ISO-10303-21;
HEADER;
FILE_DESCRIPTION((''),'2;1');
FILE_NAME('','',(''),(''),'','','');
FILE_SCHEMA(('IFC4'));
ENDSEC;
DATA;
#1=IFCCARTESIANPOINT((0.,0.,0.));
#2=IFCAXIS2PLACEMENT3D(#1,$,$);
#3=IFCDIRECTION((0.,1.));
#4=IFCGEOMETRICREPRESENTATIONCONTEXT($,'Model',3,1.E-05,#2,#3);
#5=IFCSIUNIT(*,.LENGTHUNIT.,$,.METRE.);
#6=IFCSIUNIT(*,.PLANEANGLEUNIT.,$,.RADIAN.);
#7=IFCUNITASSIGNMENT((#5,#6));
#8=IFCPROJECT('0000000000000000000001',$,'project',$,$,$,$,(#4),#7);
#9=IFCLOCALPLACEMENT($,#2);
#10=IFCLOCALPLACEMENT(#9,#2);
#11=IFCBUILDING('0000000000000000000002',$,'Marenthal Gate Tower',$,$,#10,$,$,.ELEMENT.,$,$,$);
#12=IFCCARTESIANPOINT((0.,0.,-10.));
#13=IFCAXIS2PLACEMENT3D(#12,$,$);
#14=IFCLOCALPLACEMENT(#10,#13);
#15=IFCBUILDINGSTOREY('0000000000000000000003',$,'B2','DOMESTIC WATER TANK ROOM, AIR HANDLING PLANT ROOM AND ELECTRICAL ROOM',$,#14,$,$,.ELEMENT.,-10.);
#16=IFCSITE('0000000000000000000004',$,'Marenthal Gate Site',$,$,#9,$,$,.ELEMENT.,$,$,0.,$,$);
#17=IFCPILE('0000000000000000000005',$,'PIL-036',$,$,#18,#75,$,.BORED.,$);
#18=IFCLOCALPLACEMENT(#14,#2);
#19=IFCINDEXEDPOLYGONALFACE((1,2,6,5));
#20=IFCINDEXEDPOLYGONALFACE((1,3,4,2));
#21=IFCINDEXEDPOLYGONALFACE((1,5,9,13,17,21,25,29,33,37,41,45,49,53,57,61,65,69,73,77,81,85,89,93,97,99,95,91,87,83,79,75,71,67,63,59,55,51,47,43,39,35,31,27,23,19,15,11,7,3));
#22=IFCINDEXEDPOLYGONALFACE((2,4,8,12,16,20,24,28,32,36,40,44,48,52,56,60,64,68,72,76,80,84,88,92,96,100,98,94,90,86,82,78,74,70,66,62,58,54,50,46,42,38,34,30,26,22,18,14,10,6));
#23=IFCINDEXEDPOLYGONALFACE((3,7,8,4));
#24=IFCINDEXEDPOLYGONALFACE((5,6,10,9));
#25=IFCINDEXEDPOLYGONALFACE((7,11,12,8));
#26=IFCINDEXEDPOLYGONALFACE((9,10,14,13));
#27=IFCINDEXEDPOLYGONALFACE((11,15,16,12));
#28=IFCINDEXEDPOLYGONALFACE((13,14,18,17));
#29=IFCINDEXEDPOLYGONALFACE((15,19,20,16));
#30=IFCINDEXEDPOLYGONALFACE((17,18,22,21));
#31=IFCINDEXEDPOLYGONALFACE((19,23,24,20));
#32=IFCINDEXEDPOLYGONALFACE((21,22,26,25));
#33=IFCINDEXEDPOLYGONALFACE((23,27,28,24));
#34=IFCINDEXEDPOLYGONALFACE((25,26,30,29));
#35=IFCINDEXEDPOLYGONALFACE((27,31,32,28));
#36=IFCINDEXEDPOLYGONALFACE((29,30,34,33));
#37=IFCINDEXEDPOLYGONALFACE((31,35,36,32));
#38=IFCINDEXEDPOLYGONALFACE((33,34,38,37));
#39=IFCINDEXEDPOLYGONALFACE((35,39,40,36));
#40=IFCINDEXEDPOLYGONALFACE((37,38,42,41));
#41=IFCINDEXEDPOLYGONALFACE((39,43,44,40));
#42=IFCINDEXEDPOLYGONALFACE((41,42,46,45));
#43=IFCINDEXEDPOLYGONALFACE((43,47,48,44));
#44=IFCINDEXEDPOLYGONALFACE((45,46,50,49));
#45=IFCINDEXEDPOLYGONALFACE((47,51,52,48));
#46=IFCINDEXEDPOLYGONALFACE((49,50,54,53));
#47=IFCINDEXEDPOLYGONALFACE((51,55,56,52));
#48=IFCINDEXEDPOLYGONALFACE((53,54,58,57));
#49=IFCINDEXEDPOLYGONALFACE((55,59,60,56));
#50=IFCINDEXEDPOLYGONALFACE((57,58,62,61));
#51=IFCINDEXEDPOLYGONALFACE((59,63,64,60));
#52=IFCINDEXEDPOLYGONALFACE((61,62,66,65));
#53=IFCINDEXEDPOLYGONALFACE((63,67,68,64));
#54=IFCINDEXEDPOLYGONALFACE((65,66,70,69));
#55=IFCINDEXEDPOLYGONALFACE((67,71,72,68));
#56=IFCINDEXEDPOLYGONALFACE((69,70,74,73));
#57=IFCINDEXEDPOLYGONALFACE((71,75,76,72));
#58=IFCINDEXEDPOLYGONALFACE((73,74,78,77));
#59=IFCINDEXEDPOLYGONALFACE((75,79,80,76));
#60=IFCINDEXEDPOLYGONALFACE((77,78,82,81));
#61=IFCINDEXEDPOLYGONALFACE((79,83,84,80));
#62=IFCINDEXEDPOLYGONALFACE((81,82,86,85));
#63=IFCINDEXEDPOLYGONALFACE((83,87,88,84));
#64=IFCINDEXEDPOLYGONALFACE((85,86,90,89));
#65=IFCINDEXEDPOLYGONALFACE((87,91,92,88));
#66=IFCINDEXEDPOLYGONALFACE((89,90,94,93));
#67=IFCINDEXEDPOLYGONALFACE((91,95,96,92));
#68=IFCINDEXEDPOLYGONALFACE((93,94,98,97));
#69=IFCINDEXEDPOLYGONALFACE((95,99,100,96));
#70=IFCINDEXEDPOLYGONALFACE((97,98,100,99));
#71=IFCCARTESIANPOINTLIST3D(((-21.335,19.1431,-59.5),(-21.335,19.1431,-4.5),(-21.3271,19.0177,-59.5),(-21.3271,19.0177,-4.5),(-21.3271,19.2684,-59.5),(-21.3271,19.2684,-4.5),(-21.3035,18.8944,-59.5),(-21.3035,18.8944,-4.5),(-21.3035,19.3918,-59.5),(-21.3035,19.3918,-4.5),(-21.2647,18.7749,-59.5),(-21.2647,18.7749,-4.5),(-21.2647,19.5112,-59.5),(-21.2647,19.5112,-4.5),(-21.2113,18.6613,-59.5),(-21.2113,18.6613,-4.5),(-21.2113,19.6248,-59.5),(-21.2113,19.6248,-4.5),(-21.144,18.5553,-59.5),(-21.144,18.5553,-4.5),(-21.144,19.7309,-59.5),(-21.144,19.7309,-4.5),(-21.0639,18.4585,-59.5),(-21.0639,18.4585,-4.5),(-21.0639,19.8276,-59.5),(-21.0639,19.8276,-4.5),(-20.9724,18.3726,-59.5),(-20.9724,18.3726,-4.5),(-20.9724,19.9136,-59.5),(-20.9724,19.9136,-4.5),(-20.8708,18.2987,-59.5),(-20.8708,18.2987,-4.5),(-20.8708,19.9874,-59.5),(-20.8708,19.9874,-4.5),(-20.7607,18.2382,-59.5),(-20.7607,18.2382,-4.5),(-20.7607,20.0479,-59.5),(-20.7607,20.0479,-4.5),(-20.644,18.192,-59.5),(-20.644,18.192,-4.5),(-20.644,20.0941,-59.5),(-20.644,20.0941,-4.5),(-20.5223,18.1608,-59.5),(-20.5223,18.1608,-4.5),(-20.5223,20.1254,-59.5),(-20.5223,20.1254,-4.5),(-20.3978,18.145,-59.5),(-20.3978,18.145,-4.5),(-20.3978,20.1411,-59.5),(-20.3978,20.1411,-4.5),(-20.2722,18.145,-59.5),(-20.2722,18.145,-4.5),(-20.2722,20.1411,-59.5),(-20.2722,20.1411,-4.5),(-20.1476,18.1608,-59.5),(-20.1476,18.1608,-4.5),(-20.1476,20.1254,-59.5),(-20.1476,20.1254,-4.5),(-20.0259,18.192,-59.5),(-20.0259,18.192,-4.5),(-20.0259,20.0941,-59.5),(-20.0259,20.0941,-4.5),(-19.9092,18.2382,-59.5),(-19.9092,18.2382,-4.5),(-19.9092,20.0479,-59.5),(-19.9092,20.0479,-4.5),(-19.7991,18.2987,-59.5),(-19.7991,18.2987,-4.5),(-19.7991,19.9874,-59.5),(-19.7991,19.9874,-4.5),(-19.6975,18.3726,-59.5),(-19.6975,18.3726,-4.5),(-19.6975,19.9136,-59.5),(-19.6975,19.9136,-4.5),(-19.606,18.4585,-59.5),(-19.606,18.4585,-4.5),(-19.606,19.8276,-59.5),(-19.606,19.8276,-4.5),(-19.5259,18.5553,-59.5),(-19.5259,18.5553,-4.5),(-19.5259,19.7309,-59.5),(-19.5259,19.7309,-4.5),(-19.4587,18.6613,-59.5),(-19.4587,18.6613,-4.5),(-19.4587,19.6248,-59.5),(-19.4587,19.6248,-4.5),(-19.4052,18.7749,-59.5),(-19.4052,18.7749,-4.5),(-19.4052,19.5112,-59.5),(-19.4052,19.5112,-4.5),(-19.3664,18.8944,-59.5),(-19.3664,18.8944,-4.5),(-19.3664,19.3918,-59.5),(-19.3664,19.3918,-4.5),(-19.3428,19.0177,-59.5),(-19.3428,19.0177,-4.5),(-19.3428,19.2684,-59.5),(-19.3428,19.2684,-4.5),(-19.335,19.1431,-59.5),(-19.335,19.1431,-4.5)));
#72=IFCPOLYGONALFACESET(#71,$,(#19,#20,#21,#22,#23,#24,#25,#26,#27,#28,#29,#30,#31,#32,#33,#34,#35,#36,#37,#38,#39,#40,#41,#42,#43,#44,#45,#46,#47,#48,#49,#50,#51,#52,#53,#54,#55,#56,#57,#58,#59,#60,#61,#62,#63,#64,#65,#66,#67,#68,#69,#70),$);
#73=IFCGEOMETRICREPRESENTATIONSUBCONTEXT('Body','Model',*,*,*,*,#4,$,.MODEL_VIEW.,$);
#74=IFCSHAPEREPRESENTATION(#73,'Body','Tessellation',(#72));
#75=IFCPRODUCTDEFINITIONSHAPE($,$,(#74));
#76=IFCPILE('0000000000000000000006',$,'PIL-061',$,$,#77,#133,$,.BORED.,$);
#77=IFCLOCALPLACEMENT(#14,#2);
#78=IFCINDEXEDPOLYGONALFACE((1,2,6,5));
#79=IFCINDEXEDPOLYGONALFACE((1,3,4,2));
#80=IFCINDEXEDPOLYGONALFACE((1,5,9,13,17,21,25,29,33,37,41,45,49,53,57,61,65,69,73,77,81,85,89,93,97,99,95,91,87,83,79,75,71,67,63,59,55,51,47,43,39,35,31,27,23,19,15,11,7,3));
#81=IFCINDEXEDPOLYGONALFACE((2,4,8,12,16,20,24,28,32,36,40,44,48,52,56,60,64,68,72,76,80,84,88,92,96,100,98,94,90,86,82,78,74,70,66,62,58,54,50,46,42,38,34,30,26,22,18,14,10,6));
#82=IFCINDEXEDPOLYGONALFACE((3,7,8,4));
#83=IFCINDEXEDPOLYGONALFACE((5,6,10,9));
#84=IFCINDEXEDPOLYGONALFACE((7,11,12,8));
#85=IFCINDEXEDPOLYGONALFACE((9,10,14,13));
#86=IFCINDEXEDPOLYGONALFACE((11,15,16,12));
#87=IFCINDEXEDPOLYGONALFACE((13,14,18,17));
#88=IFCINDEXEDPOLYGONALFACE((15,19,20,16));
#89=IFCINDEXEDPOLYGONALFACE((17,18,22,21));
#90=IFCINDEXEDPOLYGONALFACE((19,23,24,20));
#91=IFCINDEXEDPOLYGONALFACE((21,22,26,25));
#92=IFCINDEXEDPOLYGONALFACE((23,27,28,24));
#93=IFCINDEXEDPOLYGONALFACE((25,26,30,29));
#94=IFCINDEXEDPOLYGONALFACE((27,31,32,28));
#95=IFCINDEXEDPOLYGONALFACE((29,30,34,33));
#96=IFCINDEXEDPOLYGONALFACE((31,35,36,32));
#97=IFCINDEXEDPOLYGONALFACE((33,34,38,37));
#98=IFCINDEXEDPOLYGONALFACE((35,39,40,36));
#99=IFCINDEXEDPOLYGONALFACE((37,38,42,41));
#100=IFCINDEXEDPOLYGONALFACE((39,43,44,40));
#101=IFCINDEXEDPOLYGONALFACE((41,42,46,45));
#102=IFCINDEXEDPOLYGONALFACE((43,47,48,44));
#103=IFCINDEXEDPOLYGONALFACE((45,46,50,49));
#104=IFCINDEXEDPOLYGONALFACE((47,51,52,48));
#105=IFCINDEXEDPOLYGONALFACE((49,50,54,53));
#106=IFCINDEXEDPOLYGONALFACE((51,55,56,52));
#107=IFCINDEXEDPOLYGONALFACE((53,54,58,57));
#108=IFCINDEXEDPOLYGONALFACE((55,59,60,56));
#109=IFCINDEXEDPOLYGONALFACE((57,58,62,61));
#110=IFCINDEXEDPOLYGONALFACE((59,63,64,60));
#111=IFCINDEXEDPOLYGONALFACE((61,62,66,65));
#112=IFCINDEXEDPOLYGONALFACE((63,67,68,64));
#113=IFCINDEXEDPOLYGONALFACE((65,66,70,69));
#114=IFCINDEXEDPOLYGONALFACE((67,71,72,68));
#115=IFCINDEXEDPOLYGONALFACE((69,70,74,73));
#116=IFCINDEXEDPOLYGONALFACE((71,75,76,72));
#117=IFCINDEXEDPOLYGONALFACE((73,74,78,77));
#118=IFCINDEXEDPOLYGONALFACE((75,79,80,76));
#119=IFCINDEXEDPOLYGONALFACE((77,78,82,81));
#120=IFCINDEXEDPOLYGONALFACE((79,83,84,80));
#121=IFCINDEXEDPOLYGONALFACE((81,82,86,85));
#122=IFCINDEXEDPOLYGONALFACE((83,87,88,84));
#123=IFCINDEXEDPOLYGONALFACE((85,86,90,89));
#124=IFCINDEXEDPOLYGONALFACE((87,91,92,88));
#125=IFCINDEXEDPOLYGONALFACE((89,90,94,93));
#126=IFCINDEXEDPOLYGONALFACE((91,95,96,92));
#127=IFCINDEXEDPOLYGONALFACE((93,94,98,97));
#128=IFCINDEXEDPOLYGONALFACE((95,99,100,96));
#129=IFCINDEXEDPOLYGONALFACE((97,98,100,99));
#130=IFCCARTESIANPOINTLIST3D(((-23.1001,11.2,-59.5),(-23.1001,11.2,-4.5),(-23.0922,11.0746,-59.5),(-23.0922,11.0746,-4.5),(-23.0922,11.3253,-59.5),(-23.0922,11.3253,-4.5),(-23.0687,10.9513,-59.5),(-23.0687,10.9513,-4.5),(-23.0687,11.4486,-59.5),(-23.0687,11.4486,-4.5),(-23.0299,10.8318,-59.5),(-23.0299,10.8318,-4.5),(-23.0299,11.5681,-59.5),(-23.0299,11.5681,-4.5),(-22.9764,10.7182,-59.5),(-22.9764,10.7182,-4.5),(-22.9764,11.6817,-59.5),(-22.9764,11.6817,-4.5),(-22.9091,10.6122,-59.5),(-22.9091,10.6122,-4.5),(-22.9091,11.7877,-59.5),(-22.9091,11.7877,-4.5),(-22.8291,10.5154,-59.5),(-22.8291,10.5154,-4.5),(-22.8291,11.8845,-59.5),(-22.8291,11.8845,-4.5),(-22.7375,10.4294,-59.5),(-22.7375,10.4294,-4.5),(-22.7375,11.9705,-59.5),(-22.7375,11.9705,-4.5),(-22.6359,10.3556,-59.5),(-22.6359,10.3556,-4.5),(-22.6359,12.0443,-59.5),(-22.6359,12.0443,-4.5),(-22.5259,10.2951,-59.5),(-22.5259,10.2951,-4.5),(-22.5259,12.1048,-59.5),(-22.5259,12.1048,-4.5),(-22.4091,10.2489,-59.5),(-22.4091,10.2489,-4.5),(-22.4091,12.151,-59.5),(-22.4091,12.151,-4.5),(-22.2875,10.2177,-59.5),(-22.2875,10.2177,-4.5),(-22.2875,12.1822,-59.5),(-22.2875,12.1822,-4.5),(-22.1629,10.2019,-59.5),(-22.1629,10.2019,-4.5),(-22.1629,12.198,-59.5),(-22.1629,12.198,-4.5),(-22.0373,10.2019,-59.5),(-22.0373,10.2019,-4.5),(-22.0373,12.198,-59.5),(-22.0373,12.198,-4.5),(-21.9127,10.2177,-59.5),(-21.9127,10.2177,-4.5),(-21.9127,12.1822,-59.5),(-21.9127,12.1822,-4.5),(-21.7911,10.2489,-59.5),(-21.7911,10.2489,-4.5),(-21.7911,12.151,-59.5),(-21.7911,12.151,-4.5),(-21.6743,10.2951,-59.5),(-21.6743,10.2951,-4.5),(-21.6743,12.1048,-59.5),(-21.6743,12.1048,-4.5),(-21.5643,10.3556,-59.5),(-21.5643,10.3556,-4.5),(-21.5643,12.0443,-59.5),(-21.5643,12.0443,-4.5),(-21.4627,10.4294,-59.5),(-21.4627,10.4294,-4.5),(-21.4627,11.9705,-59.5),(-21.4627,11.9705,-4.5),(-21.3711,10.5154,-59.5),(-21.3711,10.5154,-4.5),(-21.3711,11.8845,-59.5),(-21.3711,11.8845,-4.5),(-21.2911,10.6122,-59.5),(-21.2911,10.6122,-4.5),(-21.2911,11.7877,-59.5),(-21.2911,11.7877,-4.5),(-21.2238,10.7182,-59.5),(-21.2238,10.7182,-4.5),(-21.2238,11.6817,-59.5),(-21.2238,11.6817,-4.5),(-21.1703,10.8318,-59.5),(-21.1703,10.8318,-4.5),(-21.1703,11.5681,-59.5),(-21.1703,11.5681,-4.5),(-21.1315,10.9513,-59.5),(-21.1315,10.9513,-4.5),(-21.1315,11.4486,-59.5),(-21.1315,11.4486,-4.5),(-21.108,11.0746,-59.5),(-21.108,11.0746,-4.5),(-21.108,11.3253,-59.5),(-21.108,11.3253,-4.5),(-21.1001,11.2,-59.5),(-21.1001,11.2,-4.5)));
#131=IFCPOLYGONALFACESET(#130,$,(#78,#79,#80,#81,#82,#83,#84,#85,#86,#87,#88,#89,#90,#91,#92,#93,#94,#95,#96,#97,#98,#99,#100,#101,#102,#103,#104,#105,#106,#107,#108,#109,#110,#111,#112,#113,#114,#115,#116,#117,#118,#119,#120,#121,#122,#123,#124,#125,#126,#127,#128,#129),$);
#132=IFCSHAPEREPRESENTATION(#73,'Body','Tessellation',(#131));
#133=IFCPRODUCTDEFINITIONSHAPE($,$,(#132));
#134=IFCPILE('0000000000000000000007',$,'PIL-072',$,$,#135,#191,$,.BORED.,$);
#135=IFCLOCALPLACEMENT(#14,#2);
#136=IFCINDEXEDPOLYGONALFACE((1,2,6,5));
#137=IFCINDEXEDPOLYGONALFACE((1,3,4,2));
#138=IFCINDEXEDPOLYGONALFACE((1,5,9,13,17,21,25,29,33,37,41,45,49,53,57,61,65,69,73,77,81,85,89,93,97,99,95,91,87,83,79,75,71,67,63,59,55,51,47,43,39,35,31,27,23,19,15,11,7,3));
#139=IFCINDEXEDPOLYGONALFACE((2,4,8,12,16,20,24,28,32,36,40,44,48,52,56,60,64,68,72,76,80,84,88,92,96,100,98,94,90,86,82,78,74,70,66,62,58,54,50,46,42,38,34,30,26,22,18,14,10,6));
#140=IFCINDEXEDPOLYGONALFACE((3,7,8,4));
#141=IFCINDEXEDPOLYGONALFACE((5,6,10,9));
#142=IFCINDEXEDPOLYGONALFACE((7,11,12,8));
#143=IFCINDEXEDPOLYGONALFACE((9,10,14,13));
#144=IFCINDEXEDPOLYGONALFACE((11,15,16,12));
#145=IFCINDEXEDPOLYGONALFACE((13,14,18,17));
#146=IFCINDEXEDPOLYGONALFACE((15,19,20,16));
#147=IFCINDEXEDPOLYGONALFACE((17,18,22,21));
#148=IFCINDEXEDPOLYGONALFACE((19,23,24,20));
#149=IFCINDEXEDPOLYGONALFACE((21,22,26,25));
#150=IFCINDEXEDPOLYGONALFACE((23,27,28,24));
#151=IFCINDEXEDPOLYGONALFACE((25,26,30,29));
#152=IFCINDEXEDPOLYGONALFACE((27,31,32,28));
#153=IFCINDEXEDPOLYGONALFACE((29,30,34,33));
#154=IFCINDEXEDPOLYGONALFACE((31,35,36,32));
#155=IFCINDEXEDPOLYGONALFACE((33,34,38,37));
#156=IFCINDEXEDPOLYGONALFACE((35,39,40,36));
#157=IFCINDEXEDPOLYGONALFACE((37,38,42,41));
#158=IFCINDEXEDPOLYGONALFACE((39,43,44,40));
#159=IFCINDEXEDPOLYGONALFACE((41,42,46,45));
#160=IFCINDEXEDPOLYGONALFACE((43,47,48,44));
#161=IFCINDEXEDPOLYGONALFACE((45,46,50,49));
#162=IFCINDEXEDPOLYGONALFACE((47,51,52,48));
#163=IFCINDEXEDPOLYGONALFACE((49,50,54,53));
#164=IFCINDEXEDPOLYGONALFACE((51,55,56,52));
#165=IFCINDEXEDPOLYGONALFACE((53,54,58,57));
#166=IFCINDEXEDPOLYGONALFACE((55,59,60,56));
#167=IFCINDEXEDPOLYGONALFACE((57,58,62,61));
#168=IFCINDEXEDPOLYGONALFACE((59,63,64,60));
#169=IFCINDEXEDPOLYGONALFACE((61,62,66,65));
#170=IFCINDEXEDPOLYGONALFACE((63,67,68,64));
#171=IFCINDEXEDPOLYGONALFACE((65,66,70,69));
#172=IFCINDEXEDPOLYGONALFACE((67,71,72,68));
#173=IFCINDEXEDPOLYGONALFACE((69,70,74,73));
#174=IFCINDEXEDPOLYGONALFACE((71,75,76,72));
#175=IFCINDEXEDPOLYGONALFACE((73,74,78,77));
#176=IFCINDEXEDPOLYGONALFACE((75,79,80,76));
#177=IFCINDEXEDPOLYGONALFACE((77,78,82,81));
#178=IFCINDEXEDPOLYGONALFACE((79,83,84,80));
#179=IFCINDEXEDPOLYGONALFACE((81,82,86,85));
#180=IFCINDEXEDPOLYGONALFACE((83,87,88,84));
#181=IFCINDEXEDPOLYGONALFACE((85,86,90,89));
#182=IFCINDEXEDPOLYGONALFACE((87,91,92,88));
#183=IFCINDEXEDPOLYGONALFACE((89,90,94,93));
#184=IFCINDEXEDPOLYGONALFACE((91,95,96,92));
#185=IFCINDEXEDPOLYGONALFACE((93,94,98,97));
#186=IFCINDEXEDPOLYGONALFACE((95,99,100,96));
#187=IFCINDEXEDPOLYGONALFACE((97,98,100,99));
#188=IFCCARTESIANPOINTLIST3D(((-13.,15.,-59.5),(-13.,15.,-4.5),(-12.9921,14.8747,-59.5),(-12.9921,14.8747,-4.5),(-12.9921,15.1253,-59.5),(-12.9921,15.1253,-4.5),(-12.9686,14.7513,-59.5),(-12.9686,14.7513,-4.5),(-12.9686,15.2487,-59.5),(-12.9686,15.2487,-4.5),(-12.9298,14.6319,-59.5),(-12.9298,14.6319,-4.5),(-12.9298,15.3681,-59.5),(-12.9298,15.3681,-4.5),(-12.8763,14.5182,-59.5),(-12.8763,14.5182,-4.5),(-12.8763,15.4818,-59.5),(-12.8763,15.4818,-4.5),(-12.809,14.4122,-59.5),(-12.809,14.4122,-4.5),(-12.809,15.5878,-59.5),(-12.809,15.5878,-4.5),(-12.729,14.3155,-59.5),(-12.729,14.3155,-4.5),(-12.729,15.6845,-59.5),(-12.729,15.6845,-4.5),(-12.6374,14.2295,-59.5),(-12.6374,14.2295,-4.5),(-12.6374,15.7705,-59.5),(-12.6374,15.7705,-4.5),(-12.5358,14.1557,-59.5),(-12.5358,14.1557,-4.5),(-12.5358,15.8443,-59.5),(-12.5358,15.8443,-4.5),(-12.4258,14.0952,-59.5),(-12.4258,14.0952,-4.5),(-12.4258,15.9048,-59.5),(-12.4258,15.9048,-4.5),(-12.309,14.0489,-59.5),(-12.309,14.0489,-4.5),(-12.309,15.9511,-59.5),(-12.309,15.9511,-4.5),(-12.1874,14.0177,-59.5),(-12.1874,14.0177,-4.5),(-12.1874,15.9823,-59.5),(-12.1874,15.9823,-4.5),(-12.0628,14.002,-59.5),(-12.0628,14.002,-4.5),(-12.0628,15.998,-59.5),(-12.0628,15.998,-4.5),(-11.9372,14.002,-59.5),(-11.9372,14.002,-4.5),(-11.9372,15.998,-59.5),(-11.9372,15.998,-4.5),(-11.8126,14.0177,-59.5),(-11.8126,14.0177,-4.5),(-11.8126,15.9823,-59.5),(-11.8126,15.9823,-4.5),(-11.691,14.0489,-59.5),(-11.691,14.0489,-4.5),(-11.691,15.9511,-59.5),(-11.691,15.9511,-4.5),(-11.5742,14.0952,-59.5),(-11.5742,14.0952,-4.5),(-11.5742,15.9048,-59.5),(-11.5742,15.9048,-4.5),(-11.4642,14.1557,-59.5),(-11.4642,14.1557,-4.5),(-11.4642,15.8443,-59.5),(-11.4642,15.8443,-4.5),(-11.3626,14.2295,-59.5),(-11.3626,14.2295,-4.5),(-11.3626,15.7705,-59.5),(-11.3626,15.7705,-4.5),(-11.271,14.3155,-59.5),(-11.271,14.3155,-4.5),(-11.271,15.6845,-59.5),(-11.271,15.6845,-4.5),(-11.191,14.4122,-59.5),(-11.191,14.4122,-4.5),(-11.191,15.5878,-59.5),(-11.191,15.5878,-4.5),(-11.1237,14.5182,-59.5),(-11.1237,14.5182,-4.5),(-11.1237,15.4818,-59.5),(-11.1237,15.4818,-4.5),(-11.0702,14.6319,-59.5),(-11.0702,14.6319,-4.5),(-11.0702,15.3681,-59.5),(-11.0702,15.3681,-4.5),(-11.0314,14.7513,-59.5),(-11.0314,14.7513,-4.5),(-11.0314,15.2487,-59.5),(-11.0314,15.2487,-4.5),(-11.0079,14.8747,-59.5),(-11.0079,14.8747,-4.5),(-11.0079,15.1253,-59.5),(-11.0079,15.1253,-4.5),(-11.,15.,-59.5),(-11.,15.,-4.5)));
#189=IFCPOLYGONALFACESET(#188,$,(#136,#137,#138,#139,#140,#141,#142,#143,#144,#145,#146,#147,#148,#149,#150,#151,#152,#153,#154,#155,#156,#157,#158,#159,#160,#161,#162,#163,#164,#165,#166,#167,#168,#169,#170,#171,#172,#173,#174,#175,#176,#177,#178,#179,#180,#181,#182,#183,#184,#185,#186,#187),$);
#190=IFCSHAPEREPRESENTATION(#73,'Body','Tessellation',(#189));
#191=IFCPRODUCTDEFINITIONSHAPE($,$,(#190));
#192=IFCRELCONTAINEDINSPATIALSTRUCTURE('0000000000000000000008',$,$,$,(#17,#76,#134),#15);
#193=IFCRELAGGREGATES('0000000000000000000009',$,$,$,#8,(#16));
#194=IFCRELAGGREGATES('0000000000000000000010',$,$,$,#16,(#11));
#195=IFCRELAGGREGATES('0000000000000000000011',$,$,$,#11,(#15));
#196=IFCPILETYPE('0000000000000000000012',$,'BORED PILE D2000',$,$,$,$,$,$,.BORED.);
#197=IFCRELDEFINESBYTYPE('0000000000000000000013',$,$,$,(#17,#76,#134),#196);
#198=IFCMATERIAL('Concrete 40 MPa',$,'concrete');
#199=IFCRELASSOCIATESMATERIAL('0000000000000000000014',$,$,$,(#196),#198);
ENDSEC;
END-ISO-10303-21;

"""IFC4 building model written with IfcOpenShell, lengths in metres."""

from ifc_helpers import new_model, si_unit, direction, frame, origin, origin_2d, place, context, subcontext, project, spatial, circle, extrude, material, type_object, element, save


model = new_model("IFC4")

# Units and contexts
model_context = context("Model", 3, precision=1e-05, world=origin(), true_north=direction((0.0, 1.0)))
body_context = subcontext(model_context, "Body", "Model", "MODEL_VIEW")
ifc_project = project(units=[si_unit("LENGTHUNIT", "METRE"), si_unit("PLANEANGLEUNIT", "RADIAN")], contexts=[model_context])

# Site, building, storey
site_placement = place(None, origin())
site = spatial("IfcSite", under=ifc_project, at=site_placement, Name="Marenthal Gate Site", CompositionType="ELEMENT", RefElevation=0.0)
building_placement = place(site_placement, origin())
building = spatial("IfcBuilding", under=site, at=building_placement, Name="Marenthal Gate Tower", CompositionType="ELEMENT")
storey_placement = place(building_placement, frame((0.0, 0.0, -10.0)))
storey = spatial("IfcBuildingStorey", under=building, at=storey_placement, Name="B2", Description="DOMESTIC WATER TANK ROOM, AIR HANDLING PLANT ROOM AND ELECTRICAL ROOM", CompositionType="ELEMENT", Elevation=-10.0)

# Piles
ifc_material_1 = material(Name="Concrete 40 MPa", Category="concrete")
pile_type = type_object("IfcPileType", Name="BORED PILE D2000", PredefinedType="BORED", material=ifc_material_1)
for number, where, z_axis, x_axis, name in (
    (1, (-20.335, 19.1431, -4.5), (0.0, 0.0, -1.0), (1.0, 0.0, 0.0), "PIL-036"),
    (2, (-22.1001, 11.2, -4.5), (0.0, 0.0, -1.0), (1.0, 0.0, 0.0), "PIL-061"),
    (3, (-12.0, 15.0, -4.5), (0.0, 0.0, -1.0), (1.0, 0.0, 0.0), "PIL-072"),
):
    element("IfcPile", number, at=place(storey_placement, frame(where, z_axis=z_axis, x_axis=x_axis)), inside=storey, type_object=pile_type, Name=name, PredefinedType="BORED", context=body_context, shape_type="SweptSolid", body=[
        extrude(circle(Radius=1.0, at=origin_2d()), origin(), (0.0, 0.0, 1.0), 55.0),
    ])

save(model, "model.ifc")
